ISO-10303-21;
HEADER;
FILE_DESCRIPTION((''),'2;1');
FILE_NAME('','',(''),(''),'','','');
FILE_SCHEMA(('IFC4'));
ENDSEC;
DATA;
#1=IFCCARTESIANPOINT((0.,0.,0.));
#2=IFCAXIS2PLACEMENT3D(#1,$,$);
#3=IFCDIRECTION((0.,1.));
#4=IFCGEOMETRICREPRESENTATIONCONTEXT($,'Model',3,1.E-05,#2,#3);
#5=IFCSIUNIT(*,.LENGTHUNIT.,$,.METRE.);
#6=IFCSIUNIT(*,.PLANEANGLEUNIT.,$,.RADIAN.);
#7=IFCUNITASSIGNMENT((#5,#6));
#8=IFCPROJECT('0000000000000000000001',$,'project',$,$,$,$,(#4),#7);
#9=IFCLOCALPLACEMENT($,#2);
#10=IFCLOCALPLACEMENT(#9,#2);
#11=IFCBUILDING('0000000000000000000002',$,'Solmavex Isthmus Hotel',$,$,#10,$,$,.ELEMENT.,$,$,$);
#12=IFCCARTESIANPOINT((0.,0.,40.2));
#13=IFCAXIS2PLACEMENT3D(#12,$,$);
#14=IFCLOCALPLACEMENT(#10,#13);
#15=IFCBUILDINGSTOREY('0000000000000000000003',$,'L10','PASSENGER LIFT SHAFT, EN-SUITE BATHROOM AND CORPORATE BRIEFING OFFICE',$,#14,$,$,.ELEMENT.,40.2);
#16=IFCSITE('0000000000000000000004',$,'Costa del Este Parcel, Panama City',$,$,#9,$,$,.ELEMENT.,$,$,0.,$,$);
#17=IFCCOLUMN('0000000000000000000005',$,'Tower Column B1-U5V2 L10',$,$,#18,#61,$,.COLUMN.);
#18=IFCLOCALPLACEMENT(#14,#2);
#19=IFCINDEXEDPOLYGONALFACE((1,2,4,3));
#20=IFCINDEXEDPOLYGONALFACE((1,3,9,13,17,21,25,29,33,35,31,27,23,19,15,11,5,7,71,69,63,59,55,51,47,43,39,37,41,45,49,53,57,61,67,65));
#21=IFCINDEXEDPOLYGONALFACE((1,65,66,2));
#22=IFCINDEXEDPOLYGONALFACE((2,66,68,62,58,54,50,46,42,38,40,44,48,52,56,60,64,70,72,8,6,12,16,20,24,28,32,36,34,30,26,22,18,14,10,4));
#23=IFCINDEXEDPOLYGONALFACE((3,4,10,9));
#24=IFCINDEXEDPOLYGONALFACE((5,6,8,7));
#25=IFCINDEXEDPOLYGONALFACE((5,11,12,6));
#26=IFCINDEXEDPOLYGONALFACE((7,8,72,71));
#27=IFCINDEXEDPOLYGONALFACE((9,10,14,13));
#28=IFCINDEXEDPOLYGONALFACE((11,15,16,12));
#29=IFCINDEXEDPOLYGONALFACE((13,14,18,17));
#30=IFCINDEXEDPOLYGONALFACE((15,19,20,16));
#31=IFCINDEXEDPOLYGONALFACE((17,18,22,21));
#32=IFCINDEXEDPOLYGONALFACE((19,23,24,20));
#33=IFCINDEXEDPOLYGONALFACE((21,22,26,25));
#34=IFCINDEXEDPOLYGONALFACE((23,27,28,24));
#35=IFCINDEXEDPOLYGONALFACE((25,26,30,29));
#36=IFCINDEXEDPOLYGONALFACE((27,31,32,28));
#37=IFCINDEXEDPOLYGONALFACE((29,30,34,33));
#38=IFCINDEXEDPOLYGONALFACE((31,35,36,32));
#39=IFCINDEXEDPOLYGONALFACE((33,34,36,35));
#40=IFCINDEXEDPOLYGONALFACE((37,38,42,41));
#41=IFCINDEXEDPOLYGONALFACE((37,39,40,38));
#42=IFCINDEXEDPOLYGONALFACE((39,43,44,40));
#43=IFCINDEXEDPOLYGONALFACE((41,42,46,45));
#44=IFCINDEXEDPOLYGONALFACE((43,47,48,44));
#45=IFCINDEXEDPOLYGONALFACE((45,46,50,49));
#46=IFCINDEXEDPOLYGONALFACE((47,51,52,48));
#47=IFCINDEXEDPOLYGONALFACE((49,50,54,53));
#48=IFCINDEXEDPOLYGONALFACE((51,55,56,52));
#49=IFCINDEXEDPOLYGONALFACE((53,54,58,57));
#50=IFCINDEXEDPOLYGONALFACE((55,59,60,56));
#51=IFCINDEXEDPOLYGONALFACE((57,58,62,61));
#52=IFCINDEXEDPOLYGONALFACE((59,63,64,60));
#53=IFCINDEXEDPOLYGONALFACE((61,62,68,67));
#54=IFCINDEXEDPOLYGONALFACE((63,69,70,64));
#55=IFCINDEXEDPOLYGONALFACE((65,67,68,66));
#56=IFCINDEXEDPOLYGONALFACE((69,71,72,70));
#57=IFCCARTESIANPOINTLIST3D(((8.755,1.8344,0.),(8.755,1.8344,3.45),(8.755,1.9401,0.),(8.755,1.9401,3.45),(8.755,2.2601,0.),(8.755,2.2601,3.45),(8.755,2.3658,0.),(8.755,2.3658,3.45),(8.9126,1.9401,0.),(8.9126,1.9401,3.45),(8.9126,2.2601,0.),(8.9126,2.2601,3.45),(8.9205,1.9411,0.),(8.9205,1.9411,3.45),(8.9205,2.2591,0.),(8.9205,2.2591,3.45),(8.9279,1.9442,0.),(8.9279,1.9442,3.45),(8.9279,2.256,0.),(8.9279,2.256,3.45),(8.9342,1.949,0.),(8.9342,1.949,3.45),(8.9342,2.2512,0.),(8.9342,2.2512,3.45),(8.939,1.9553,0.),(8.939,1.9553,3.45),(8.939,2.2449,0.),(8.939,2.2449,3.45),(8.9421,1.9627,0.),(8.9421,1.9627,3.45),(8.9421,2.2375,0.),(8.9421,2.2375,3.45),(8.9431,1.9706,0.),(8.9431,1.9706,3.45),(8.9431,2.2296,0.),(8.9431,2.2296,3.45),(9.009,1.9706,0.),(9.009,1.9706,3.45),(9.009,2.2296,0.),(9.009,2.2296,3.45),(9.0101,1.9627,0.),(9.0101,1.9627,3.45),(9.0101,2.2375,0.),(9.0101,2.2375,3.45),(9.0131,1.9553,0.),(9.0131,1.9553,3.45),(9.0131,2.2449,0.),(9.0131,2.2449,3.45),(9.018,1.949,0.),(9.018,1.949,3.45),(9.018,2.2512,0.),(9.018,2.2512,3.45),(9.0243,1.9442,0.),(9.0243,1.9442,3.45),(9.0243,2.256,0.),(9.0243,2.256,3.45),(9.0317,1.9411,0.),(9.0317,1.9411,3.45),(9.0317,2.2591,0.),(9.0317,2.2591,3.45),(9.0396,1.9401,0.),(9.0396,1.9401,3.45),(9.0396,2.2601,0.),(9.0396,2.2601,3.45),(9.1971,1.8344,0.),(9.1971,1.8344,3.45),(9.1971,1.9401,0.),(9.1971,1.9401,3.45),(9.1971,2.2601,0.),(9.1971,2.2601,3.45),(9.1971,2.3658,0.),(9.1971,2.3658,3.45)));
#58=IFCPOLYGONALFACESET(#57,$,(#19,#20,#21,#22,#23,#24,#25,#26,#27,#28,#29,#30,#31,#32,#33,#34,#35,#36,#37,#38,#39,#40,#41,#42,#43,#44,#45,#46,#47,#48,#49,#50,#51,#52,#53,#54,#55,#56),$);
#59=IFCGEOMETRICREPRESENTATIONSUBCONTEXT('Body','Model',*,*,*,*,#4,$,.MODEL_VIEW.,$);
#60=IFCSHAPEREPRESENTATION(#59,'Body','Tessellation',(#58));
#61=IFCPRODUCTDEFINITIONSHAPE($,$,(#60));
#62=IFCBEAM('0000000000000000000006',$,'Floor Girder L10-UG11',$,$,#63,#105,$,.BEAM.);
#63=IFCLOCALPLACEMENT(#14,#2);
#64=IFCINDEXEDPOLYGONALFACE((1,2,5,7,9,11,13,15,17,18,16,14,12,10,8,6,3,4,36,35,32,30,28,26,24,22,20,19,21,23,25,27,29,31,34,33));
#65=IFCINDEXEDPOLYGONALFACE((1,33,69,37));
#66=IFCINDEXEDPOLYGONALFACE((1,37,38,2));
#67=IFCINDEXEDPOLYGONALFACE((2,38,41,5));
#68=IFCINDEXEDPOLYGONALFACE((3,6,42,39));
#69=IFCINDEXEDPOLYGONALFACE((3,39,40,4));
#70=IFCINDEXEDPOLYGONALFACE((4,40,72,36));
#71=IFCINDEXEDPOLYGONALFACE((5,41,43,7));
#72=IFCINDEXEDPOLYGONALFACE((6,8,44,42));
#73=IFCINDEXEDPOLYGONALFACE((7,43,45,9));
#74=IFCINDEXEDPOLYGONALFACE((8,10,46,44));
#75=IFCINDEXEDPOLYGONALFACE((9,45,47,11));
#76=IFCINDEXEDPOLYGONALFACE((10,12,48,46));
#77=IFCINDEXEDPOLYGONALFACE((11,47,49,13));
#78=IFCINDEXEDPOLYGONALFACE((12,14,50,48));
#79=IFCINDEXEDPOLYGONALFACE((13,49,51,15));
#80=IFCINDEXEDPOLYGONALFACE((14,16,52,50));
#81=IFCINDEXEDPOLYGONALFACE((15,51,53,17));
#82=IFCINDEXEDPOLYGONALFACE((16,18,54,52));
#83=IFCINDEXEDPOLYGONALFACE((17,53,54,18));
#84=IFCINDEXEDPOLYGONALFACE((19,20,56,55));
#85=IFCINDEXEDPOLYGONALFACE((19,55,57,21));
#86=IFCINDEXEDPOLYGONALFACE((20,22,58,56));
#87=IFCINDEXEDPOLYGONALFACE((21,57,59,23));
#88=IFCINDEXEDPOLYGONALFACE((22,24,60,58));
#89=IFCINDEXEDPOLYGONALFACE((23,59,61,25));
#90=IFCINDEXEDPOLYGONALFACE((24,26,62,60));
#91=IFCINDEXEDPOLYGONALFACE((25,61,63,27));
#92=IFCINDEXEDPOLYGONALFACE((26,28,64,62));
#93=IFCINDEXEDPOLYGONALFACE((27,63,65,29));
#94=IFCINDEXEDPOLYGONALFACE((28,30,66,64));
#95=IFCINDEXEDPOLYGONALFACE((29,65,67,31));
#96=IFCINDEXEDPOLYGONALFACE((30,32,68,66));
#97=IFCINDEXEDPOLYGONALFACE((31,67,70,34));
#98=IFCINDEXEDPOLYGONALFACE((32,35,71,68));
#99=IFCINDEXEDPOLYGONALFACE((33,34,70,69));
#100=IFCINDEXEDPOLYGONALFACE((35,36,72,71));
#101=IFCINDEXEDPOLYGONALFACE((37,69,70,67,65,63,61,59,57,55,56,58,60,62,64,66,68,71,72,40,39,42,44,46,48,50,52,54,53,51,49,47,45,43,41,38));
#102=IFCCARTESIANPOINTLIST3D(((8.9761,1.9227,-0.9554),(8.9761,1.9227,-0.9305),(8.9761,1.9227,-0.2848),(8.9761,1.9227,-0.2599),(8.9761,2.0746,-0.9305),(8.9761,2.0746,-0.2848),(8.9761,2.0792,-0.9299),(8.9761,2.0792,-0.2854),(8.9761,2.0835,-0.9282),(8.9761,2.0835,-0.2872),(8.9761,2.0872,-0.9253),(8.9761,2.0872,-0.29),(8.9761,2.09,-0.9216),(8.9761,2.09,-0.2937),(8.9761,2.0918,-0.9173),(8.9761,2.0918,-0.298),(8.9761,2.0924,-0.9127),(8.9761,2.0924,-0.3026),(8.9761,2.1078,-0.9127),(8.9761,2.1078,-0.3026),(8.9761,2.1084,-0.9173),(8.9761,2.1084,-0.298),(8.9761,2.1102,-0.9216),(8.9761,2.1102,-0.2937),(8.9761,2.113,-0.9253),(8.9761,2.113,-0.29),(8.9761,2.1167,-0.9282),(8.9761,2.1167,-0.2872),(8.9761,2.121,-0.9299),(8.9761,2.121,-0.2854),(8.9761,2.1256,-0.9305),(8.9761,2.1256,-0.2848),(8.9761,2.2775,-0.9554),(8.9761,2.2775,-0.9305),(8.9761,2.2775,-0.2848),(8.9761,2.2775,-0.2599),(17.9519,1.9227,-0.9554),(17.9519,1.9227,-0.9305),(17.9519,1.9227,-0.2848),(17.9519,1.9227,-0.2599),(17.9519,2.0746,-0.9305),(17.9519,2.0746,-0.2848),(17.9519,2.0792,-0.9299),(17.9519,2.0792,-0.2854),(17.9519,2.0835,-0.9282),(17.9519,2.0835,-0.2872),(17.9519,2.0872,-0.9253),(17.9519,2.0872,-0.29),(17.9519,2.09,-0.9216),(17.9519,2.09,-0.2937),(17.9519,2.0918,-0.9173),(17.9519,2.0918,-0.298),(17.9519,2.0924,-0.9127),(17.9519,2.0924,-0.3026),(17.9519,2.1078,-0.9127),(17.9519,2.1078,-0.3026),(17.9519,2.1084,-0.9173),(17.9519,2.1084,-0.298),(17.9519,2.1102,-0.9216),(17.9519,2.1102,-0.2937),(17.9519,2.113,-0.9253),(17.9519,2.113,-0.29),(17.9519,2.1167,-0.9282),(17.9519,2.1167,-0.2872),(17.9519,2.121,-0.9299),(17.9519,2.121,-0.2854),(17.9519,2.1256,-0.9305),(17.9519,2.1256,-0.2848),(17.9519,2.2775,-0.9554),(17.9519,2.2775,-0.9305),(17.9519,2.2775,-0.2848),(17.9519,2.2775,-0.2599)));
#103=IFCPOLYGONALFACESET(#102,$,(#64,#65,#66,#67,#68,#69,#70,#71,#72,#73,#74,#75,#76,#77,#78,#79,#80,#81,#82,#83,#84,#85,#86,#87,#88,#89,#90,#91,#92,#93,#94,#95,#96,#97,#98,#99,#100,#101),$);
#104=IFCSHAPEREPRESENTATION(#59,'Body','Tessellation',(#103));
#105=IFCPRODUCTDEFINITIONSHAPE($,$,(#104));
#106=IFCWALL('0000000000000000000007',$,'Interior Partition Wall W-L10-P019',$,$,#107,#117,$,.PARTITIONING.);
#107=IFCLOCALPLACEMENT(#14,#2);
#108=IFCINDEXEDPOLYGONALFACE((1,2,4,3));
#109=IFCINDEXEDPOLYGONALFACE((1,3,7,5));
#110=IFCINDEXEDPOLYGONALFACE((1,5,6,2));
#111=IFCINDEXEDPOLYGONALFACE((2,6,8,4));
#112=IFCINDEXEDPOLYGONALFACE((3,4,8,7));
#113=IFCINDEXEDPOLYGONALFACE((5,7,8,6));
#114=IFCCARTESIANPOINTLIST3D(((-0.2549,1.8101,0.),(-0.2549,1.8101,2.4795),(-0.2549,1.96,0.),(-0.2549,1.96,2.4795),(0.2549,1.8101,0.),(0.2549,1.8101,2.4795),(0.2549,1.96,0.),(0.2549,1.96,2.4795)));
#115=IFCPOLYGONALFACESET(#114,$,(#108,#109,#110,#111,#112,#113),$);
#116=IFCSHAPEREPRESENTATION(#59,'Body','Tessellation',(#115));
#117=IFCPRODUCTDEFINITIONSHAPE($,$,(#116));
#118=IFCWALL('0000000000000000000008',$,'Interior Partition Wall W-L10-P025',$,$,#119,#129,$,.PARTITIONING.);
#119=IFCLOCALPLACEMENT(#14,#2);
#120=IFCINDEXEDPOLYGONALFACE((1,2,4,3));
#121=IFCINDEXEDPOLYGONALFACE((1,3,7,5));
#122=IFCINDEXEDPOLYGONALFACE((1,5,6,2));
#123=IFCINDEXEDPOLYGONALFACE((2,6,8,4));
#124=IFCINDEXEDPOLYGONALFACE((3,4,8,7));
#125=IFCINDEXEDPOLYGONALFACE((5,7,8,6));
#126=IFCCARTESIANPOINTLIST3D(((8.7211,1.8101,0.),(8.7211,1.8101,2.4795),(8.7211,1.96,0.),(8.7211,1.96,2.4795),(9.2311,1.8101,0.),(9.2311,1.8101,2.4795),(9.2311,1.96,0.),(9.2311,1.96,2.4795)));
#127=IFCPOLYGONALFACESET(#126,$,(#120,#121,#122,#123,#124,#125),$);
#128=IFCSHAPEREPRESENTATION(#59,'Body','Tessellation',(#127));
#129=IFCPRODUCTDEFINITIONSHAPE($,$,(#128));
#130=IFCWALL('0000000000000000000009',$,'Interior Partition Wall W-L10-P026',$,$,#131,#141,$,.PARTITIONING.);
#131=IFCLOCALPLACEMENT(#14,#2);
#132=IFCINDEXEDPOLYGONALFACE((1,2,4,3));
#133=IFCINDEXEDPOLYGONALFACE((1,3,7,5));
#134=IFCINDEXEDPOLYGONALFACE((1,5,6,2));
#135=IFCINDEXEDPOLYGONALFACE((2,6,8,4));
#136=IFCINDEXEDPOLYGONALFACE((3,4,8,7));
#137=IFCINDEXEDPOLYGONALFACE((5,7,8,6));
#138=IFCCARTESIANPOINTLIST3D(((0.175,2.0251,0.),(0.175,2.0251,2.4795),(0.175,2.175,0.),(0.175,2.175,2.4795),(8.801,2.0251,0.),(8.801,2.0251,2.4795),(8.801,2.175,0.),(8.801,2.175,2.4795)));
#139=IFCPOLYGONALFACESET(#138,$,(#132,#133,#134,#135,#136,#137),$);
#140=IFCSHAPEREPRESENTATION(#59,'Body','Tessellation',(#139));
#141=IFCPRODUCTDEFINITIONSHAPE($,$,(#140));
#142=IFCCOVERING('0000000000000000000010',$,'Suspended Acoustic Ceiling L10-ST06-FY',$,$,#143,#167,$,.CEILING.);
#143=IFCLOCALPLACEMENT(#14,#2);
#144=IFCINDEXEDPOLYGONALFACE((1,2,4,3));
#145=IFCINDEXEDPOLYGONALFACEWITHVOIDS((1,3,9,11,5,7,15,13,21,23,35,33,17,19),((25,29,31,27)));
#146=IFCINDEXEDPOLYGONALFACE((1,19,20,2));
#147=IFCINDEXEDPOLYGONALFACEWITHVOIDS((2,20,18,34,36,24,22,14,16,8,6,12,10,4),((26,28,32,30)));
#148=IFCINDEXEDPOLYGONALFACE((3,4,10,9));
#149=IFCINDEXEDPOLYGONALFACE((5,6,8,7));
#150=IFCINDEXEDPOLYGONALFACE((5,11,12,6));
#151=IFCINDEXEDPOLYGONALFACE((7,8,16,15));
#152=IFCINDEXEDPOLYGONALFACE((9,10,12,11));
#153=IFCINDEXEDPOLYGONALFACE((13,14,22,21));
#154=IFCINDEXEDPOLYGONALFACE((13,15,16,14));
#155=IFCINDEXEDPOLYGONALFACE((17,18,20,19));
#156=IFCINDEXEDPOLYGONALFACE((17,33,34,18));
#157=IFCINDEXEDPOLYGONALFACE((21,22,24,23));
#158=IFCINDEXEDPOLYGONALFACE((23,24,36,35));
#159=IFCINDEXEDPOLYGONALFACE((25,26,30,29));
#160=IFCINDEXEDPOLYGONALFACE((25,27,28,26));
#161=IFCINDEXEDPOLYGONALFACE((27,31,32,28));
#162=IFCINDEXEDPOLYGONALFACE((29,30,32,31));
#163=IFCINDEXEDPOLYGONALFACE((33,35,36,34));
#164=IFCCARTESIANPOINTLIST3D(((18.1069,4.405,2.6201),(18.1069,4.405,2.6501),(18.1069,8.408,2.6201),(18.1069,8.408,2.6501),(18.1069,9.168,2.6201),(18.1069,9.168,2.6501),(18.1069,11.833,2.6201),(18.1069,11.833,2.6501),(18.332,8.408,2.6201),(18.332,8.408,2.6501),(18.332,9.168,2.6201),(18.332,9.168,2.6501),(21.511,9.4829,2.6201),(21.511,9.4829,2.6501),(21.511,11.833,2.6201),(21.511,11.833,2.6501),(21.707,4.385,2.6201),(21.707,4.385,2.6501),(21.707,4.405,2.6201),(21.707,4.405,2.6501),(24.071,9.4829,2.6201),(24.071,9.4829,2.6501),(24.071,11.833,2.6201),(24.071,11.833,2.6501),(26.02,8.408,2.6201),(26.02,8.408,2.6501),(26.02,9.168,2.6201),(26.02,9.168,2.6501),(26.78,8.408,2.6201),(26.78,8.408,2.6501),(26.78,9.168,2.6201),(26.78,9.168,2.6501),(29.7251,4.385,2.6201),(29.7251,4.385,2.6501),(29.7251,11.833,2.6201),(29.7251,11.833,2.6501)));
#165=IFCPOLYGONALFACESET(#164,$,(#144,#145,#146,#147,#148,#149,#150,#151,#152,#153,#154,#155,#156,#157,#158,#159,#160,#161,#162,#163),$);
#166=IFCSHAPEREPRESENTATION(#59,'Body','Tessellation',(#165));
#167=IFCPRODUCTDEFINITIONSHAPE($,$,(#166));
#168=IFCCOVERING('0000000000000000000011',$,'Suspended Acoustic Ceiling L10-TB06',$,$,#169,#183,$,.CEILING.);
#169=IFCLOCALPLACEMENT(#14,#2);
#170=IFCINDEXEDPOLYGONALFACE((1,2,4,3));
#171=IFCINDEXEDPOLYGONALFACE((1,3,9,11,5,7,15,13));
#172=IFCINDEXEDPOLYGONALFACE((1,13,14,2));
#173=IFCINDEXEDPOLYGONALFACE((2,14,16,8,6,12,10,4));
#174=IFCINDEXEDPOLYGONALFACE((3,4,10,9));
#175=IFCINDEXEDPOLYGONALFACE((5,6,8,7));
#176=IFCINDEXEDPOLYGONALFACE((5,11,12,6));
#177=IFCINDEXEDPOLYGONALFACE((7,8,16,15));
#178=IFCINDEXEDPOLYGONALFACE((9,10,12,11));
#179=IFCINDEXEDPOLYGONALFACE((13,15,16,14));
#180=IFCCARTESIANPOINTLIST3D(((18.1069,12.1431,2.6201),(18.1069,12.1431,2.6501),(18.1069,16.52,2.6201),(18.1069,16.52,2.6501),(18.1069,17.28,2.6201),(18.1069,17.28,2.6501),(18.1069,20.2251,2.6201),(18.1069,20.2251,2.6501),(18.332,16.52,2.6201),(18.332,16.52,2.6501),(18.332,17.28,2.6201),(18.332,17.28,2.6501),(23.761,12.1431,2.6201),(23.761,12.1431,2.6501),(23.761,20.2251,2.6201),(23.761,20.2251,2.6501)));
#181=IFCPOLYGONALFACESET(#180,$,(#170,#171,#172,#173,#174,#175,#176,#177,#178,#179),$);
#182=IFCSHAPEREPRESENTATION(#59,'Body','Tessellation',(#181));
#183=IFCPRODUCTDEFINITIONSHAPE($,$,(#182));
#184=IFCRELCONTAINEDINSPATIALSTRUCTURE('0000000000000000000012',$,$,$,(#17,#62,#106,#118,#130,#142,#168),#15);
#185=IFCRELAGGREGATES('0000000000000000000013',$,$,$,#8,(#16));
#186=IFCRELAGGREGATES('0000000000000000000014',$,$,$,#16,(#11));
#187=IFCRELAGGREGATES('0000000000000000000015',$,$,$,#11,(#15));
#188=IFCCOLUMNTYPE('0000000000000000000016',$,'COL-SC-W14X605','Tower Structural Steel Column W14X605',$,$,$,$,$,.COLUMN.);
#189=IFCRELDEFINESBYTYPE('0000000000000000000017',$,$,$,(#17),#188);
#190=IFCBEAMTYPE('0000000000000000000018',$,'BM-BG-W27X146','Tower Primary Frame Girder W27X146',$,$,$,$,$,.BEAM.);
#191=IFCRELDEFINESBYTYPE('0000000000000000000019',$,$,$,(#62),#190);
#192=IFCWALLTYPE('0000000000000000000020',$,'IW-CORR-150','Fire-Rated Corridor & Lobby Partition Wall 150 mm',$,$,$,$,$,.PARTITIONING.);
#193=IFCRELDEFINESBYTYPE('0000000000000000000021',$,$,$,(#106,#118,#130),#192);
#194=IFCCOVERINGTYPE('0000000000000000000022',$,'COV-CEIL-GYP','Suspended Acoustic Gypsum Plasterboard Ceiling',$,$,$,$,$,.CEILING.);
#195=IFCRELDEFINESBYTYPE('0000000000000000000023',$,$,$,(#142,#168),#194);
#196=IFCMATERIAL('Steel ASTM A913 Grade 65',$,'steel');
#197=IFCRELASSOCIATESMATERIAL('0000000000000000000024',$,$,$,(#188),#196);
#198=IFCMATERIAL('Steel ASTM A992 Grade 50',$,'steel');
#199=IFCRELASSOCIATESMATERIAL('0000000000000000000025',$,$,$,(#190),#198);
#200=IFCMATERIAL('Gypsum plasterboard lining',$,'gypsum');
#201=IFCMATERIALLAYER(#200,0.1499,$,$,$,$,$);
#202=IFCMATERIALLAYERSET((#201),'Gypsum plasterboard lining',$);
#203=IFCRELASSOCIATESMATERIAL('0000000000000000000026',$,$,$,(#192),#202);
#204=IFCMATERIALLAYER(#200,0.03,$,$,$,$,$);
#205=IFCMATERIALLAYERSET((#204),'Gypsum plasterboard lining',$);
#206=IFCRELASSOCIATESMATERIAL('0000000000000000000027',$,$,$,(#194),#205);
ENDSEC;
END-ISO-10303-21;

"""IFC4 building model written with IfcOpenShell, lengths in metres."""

from ifc_helpers import new_model, si_unit, direction, frame, frame_2d, origin, origin_2d, place, context, subcontext, project, spatial, polyline, rectangle, i_section, outline, extrude, material, layer, layer_set, material_profile, profile_set, type_object, element, save


model = new_model("IFC4")

# Units and contexts
model_context = context("Model", 3, precision=1e-05, world=origin(), true_north=direction((0.0, 1.0)))
body_context = subcontext(model_context, "Body", "Model", "MODEL_VIEW")
ifc_project = project(units=[si_unit("LENGTHUNIT", "METRE"), si_unit("PLANEANGLEUNIT", "RADIAN")], contexts=[model_context])

# Site, building, storey
site_placement = place(None, origin())
site = spatial("IfcSite", under=ifc_project, at=site_placement, Name="Costa del Este Parcel, Panama City", CompositionType="ELEMENT", RefElevation=0.0)
building_placement = place(site_placement, origin())
building = spatial("IfcBuilding", under=site, at=building_placement, Name="Solmavex Isthmus Hotel", CompositionType="ELEMENT")
storey_placement = place(building_placement, frame((0.0, 0.0, 40.2)))
storey = spatial("IfcBuildingStorey", under=building, at=storey_placement, Name="L10", Description="PASSENGER LIFT SHAFT, EN-SUITE BATHROOM AND CORPORATE BRIEFING OFFICE", CompositionType="ELEMENT", Elevation=40.2)

# Column
ifc_material_1 = material(Name="Steel ASTM A913 Grade 65", Category="steel")
ifc_material_profile_1 = material_profile(ifc_material_1, i_section(OverallWidth=0.4421, OverallDepth=0.5315, WebThickness=0.0659, FlangeThickness=0.1057, FilletRadius=0.0305, at=origin_2d()), Name="W14X605")
ifc_profile_set_1 = profile_set([ifc_material_profile_1], Name="Steel ASTM A913 Grade 65")
column_type = type_object("IfcColumnType", Name="COL-SC-W14X605", Description="Tower Structural Steel Column W14X605", PredefinedType="COLUMN", material=ifc_profile_set_1)
column_placement = place(storey_placement, frame((8.9761, 2.1001, 0.0), z_axis=(0.0, 0.0, 1.0), x_axis=(1.0, 0.0, 0.0)))
element("IfcColumn", 1, at=column_placement, inside=storey, type_object=column_type, Name="Tower Column B1-U5V2 L10", PredefinedType="COLUMN", context=body_context, shape_type="SweptSolid", body=[
    extrude(i_section(OverallWidth=0.4421, OverallDepth=0.5315, WebThickness=0.0659, FlangeThickness=0.1057, FilletRadius=0.0305, at=origin_2d()), origin(), (0.0, 0.0, 1.0), 3.45),
])

# Beam
ifc_material_2 = material(Name="Steel ASTM A992 Grade 50", Category="steel")
ifc_material_profile_2 = material_profile(ifc_material_2, i_section(OverallWidth=0.3547, OverallDepth=0.6956, WebThickness=0.0154, FlangeThickness=0.0249, FilletRadius=0.0178, at=origin_2d()), Name="W27X146")
ifc_profile_set_2 = profile_set([ifc_material_profile_2], Name="Steel ASTM A992 Grade 50")
beam_type = type_object("IfcBeamType", Name="BM-BG-W27X146", Description="Tower Primary Frame Girder W27X146", PredefinedType="BEAM", material=ifc_profile_set_2)
beam_placement = place(storey_placement, frame((8.9761, 2.1001, -0.6077), z_axis=(1.0, 0.0, 0.0), x_axis=(0.0, 1.0, 0.0)))
element("IfcBeam", 2, at=beam_placement, inside=storey, type_object=beam_type, Name="Floor Girder L10-UG11", PredefinedType="BEAM", context=body_context, shape_type="SweptSolid", body=[
    extrude(i_section(OverallWidth=0.3547, OverallDepth=0.6956, WebThickness=0.0154, FlangeThickness=0.0249, FilletRadius=0.0178, at=origin_2d()), origin(), (0.0, 0.0, 1.0), 8.9758),
])

# Walls
ifc_material_3 = material(Name="Gypsum plasterboard lining", Category="gypsum")
ifc_layer_1 = layer(ifc_material_3, 0.1499)
ifc_layer_set_1 = layer_set([ifc_layer_1], Name="Gypsum plasterboard lining")
wall_type = type_object("IfcWallType", Name="IW-CORR-150", Description="Fire-Rated Corridor & Lobby Partition Wall 150 mm", PredefinedType="PARTITIONING", material=ifc_layer_set_1)
wall_1_placement = place(storey_placement, frame((0.2549, 1.885, 0.0), z_axis=(0.0, 0.0, 1.0), x_axis=(-1.0, 0.0, 0.0)))
element("IfcWall", 3, at=wall_1_placement, inside=storey, type_object=wall_type, Name="Interior Partition Wall W-L10-P019", PredefinedType="PARTITIONING", context=body_context, shape_type="SweptSolid", body=[
    extrude(rectangle(XDim=0.5098, YDim=0.1499, at=frame_2d((0.2549, 0.0))), origin(), (0.0, 0.0, 1.0), 2.4795),
])
wall_2_placement = place(storey_placement, frame((9.231, 1.885, 0.0), z_axis=(0.0, 0.0, 1.0), x_axis=(-1.0, 0.0, 0.0)))
element("IfcWall", 4, at=wall_2_placement, inside=storey, type_object=wall_type, Name="Interior Partition Wall W-L10-P025", PredefinedType="PARTITIONING", context=body_context, shape_type="SweptSolid", body=[
    extrude(rectangle(XDim=0.51, YDim=0.1499, at=frame_2d((0.2549, 0.0))), origin(), (0.0, 0.0, 1.0), 2.4795),
])
wall_3_placement = place(storey_placement, frame((8.801, 2.1001, 0.0), z_axis=(0.0, 0.0, 1.0), x_axis=(-1.0, 0.0, 0.0)))
element("IfcWall", 5, at=wall_3_placement, inside=storey, type_object=wall_type, Name="Interior Partition Wall W-L10-P026", PredefinedType="PARTITIONING", context=body_context, shape_type="SweptSolid", body=[
    extrude(rectangle(XDim=8.626, YDim=0.1499, at=frame_2d((4.313, 0.0))), origin(), (0.0, 0.0, 1.0), 2.4795),
])

# Coverings
ifc_layer_2 = layer(ifc_material_3, 0.03)
ifc_layer_set_2 = layer_set([ifc_layer_2], Name="Gypsum plasterboard lining")
covering_type_1 = type_object("IfcCoveringType", Name="COV-CEIL-GYP", Description="Suspended Acoustic Gypsum Plasterboard Ceiling", PredefinedType="CEILING", material=ifc_layer_set_2)
covering_1_placement = place(storey_placement, frame((0.0, 0.0, 2.6201)))
element("IfcCovering", 6, at=covering_1_placement, inside=storey, type_object=covering_type_1, Name="Suspended Acoustic Ceiling L10-ST06-FY", PredefinedType="CEILING", context=body_context, shape_type="SweptSolid", body=[
    extrude(outline(polyline([(18.1069, 9.168), (18.332, 9.168), (18.332, 8.408), (18.1069, 8.408), (18.1069, 4.405), (21.707, 4.405), (21.707, 4.385), (29.7251, 4.385), (29.7251, 11.833), (24.071, 11.833), (24.071, 9.4829), (21.511, 9.4829), (21.511, 11.833), (18.1069, 11.833), (18.1069, 9.168)]), holes=[polyline([(26.02, 8.408), (26.02, 9.168), (26.78, 9.168), (26.78, 8.408), (26.02, 8.408)])]), origin(), (0.0, 0.0, 1.0), 0.03),
])
covering_2_placement = place(storey_placement, frame((0.0, 0.0, 2.6201)))
element("IfcCovering", 7, at=covering_2_placement, inside=storey, type_object=covering_type_1, Name="Suspended Acoustic Ceiling L10-TB06", PredefinedType="CEILING", context=body_context, shape_type="SweptSolid", body=[
    extrude(outline(polyline([(18.1069, 17.28), (18.332, 17.28), (18.332, 16.52), (18.1069, 16.52), (18.1069, 12.1431), (23.761, 12.1431), (23.761, 20.2251), (18.1069, 20.2251), (18.1069, 17.28)])), origin(), (0.0, 0.0, 1.0), 0.03),
])

save(model, "model.ifc")
